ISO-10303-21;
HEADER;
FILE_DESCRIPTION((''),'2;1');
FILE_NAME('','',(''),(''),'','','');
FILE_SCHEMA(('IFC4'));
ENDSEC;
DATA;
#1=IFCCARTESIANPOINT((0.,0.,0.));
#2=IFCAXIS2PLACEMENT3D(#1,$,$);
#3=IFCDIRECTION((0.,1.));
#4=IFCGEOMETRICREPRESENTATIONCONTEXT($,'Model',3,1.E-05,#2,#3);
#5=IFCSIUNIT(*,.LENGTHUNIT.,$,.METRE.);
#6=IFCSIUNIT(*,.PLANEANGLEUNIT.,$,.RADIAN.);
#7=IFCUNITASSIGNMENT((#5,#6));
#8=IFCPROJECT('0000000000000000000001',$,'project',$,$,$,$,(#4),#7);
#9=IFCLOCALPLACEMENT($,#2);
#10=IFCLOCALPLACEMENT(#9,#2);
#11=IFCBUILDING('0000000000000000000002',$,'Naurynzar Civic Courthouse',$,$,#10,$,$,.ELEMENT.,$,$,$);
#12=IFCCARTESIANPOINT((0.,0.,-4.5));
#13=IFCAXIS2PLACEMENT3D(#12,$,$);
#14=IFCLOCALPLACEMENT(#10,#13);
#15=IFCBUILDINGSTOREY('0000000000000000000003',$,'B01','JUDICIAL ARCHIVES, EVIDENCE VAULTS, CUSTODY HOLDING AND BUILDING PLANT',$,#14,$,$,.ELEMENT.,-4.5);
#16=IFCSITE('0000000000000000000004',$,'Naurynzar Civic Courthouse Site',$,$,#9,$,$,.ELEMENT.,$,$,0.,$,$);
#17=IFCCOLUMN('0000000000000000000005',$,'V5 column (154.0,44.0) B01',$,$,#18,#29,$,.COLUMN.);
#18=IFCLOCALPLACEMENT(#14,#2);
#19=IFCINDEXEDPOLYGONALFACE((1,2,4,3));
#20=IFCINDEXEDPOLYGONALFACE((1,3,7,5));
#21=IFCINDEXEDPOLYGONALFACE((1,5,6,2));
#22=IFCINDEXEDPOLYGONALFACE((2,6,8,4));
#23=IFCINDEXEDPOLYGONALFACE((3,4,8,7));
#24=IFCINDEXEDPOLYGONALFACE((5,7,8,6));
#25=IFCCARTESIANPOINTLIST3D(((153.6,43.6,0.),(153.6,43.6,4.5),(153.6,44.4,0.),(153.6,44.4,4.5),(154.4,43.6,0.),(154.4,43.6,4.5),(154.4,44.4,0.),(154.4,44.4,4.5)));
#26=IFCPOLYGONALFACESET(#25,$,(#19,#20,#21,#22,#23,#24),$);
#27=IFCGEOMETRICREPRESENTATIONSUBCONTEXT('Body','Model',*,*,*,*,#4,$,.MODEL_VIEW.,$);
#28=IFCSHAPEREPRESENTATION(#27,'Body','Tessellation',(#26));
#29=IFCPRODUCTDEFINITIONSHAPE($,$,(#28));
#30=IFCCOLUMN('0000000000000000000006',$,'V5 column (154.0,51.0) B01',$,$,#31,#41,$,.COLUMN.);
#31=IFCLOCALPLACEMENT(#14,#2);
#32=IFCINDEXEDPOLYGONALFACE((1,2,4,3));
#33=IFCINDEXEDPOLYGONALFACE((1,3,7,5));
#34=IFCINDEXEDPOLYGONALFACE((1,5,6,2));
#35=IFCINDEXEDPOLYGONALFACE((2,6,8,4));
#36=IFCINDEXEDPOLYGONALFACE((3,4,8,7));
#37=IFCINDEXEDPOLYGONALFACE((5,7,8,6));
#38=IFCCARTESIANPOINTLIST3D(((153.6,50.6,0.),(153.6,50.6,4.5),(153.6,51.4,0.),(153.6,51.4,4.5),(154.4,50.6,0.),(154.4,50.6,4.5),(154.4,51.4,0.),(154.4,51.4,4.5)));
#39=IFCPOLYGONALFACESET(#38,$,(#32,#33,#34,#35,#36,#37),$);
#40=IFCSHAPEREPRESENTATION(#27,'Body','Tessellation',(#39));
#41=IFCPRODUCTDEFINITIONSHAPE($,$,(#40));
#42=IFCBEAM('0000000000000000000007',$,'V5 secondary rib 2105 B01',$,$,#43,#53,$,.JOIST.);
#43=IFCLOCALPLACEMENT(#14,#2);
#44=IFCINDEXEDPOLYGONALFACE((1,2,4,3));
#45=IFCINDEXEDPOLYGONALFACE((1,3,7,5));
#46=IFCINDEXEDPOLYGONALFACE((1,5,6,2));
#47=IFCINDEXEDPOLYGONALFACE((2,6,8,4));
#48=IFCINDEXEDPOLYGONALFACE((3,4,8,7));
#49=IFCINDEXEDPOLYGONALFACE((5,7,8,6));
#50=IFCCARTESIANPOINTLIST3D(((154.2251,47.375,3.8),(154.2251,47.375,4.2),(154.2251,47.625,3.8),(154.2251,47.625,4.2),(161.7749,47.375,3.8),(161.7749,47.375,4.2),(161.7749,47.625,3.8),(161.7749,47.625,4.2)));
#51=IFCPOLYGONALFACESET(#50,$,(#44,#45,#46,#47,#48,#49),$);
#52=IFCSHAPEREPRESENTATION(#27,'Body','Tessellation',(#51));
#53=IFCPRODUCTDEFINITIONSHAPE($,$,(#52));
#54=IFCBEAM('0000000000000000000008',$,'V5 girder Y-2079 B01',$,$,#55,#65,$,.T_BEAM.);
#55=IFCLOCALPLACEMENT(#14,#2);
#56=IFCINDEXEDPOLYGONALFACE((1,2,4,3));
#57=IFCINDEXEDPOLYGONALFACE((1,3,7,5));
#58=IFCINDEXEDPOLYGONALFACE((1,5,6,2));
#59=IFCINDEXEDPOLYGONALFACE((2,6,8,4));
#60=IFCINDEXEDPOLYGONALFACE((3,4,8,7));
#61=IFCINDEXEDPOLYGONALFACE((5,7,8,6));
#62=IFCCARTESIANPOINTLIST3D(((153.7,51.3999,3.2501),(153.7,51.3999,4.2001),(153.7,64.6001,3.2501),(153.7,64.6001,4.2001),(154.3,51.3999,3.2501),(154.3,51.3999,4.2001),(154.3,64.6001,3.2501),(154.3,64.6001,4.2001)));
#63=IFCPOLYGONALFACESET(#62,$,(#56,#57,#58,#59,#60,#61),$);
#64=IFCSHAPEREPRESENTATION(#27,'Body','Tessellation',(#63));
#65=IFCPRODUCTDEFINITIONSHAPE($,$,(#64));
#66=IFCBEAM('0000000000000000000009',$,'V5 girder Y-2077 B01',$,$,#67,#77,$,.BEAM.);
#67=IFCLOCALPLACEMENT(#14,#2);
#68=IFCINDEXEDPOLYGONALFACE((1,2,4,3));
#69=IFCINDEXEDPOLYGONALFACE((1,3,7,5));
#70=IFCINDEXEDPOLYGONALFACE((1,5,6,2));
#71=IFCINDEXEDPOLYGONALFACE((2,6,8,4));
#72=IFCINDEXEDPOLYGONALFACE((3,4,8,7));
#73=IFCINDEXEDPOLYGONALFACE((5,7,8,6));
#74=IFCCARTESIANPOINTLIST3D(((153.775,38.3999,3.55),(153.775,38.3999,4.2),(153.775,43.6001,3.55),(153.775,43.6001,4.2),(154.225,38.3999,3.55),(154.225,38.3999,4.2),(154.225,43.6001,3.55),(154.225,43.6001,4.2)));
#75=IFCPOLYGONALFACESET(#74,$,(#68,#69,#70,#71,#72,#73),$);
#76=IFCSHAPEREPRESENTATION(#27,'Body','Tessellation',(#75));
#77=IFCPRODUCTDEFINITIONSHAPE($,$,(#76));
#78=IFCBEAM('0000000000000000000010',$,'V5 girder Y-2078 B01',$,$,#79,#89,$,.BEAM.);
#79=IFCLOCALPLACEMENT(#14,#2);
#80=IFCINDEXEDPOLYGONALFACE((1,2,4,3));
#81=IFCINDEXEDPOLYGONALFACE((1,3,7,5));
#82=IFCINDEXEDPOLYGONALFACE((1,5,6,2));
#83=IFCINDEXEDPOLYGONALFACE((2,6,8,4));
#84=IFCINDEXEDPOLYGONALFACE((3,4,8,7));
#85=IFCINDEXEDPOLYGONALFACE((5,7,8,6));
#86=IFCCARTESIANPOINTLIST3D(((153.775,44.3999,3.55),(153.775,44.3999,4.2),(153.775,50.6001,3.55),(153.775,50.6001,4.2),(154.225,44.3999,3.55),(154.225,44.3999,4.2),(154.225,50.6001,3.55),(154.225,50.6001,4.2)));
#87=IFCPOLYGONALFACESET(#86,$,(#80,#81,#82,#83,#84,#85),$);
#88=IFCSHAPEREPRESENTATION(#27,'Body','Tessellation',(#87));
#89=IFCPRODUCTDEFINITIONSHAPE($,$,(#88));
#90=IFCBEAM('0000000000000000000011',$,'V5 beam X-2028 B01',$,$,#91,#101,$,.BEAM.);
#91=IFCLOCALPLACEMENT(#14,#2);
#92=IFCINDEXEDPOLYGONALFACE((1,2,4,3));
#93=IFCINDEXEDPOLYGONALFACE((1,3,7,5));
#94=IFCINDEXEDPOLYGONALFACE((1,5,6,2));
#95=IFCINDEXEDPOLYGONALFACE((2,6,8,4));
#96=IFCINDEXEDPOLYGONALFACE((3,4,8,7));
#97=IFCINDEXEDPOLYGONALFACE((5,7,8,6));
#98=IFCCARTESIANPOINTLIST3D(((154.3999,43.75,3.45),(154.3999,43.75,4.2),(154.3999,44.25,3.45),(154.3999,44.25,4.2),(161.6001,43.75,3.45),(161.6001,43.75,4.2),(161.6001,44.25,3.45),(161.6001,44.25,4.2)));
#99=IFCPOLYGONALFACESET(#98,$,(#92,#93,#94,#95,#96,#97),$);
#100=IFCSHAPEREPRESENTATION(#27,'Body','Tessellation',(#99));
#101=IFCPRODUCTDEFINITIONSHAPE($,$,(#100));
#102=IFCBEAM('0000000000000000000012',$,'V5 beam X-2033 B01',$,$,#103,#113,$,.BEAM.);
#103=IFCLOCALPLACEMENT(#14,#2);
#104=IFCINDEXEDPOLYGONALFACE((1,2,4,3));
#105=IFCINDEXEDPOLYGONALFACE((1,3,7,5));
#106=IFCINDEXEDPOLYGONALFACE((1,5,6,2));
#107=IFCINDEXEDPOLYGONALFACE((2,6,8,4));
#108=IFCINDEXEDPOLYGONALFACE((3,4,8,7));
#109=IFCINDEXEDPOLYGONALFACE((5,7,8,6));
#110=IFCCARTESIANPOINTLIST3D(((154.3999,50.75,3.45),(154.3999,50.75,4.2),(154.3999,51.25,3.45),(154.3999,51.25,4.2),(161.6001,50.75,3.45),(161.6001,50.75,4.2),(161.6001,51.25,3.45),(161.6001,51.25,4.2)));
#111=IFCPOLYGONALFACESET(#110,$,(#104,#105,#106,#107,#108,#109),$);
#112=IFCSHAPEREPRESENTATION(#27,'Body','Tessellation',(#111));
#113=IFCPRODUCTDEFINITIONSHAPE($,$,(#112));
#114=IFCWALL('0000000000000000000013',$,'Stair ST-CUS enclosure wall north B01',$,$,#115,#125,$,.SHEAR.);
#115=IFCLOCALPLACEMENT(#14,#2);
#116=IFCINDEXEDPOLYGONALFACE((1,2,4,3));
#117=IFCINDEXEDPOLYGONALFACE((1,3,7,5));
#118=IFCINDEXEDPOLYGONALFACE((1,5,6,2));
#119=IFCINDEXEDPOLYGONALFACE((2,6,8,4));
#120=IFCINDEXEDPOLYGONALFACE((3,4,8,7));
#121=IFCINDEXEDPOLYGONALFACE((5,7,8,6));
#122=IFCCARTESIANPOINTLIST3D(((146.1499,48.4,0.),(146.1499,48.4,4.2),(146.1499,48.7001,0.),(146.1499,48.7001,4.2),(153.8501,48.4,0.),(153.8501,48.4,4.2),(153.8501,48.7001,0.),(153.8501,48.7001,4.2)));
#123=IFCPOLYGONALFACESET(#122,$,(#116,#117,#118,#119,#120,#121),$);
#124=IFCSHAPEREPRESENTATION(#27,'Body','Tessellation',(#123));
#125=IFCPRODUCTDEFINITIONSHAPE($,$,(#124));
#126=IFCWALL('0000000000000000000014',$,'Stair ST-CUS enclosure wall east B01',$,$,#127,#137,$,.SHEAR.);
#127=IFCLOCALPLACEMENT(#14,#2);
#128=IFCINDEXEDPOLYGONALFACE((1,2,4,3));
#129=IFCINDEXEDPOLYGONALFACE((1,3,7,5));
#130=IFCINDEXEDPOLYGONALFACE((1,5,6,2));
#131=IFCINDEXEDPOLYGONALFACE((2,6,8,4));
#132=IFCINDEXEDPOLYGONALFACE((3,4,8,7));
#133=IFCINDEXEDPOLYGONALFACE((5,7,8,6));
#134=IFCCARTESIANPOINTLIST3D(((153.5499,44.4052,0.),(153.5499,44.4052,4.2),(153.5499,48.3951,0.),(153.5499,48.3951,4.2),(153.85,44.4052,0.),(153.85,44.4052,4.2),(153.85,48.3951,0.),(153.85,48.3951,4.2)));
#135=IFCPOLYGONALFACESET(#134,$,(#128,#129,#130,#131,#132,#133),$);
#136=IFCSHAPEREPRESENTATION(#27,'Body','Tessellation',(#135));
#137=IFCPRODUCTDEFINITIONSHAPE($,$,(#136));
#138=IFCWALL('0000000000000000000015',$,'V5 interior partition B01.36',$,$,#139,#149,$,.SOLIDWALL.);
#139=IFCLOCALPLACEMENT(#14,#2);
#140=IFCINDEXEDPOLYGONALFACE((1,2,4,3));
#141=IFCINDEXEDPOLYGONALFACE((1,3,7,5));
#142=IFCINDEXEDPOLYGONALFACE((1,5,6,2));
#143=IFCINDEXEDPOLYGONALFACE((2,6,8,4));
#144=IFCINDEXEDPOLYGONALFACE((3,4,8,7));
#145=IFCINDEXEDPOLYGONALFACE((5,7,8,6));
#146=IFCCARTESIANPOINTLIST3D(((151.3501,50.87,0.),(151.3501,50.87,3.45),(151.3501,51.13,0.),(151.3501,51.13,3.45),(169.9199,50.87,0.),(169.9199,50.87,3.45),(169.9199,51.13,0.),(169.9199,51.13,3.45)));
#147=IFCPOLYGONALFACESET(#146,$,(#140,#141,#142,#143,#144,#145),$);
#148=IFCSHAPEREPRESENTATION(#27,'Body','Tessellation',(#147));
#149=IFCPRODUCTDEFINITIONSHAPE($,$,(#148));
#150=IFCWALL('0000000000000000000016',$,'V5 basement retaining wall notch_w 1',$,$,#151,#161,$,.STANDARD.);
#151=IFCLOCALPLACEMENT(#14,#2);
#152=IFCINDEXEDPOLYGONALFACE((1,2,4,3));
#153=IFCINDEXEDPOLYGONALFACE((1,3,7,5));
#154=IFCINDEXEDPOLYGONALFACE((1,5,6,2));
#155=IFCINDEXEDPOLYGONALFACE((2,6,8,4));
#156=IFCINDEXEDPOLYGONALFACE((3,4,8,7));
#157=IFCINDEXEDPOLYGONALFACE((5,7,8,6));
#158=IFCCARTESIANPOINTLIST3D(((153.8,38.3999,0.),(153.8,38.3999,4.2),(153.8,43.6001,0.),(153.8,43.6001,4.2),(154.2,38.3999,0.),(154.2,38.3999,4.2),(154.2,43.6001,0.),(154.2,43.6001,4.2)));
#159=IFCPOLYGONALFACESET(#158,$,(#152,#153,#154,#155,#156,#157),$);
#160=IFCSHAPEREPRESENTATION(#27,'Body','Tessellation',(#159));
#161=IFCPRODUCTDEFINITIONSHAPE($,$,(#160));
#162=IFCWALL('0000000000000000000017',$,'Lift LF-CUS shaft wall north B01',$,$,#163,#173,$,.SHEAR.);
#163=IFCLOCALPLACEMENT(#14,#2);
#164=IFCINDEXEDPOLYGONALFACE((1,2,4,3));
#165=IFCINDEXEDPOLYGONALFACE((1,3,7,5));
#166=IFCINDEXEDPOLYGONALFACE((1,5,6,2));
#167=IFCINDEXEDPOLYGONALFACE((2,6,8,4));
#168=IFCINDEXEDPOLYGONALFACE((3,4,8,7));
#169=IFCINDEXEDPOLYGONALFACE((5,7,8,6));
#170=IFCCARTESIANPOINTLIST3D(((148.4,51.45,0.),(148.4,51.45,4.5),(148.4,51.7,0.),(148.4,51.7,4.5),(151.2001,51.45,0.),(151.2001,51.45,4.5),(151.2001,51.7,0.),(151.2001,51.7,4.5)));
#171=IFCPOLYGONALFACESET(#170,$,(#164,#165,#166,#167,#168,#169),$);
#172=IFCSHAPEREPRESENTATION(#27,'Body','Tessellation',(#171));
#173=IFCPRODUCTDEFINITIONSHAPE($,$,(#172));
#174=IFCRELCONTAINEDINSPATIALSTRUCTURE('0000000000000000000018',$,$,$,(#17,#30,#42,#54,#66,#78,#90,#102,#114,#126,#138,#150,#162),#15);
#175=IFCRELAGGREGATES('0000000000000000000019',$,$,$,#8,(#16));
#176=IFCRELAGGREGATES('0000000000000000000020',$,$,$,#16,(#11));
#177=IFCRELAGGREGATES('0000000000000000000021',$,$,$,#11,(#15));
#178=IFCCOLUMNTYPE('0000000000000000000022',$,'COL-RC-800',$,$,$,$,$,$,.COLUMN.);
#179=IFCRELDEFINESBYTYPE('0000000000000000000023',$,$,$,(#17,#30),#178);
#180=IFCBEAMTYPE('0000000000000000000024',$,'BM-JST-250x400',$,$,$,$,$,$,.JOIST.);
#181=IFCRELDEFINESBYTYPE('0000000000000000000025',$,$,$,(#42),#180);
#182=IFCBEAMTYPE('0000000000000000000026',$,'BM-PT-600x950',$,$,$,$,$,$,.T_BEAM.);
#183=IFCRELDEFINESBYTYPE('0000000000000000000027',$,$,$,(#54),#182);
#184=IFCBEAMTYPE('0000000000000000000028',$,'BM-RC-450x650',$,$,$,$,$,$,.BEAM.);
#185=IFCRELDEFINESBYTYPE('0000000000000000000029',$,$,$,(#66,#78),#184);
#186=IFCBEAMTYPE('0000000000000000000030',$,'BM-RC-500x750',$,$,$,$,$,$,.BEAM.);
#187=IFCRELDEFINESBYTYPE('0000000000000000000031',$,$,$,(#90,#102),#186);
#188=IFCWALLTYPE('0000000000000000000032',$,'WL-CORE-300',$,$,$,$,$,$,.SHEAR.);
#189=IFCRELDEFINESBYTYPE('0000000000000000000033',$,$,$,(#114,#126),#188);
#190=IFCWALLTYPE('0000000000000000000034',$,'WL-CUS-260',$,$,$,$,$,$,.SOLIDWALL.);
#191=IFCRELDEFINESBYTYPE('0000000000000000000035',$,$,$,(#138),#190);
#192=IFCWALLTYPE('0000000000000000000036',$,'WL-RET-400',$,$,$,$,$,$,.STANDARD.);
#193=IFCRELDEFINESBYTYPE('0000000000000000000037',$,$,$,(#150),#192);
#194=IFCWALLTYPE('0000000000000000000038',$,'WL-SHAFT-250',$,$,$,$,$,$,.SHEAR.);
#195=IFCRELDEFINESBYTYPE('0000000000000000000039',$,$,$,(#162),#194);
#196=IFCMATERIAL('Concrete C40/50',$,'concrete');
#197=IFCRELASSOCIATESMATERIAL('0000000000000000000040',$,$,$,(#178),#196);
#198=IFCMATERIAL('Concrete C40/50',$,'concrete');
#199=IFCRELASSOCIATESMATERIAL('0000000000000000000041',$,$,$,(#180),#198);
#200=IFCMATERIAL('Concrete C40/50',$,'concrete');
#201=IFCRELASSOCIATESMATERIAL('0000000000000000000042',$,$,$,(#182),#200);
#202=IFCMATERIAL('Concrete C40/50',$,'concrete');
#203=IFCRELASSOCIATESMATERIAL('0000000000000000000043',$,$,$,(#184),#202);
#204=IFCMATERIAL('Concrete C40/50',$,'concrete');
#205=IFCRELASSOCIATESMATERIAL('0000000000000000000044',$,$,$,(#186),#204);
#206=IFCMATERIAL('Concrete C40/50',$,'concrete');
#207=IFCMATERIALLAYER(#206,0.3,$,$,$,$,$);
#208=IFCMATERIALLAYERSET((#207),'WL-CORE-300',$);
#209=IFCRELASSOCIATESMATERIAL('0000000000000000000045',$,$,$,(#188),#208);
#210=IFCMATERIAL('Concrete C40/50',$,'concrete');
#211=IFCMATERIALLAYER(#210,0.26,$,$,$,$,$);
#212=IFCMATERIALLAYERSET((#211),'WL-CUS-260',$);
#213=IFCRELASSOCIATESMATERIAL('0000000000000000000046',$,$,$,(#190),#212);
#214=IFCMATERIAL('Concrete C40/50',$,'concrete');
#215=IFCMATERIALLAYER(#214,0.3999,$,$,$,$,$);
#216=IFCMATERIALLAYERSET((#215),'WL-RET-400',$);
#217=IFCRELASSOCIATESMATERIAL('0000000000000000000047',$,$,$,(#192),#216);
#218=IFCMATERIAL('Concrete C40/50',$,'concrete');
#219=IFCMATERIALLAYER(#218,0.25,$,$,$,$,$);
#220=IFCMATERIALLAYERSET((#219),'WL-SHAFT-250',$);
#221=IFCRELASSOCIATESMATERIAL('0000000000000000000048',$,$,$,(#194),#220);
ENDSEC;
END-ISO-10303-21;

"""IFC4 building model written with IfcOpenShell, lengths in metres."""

from ifc_helpers import new_model, si_unit, direction, frame, frame_2d, origin, origin_2d, place, context, subcontext, project, spatial, rectangle, extrude, material, layer, layer_set, material_profile, profile_set, type_object, element, save


model = new_model("IFC4")

# Units and contexts
model_context = context("Model", 3, precision=1e-05, world=origin(), true_north=direction((0.0, 1.0)))
body_context = subcontext(model_context, "Body", "Model", "MODEL_VIEW")
ifc_project = project(units=[si_unit("LENGTHUNIT", "METRE"), si_unit("PLANEANGLEUNIT", "RADIAN")], contexts=[model_context])

# Site, building, storey
site_placement = place(None, origin())
site = spatial("IfcSite", under=ifc_project, at=site_placement, Name="Naurynzar Civic Courthouse Site", CompositionType="ELEMENT", RefElevation=0.0)
building_placement = place(site_placement, origin())
building = spatial("IfcBuilding", under=site, at=building_placement, Name="Naurynzar Civic Courthouse", CompositionType="ELEMENT")
storey_placement = place(building_placement, frame((0.0, 0.0, -4.5)))
storey = spatial("IfcBuildingStorey", under=building, at=storey_placement, Name="B01", Description="JUDICIAL ARCHIVES, EVIDENCE VAULTS, CUSTODY HOLDING AND BUILDING PLANT", CompositionType="ELEMENT", Elevation=-4.5)

# Columns
ifc_material_1 = material(Name="Concrete C40/50", Category="concrete")
ifc_material_profile_1 = material_profile(ifc_material_1, rectangle(XDim=0.8, YDim=0.8, at=origin_2d()), Name="RC 800x800")
ifc_profile_set_1 = profile_set([ifc_material_profile_1], Name="Concrete C40/50")
column_type = type_object("IfcColumnType", Name="COL-RC-800", PredefinedType="COLUMN", material=ifc_profile_set_1)
for number, where, z_axis, x_axis, name in (
    (1, (154.0, 44.0, 0.0), (0.0, 0.0, 1.0), (1.0, 0.0, 0.0), "V5 column (154.0,44.0) B01"),
    (2, (154.0, 51.0, 0.0), (0.0, 0.0, 1.0), (1.0, 0.0, 0.0), "V5 column (154.0,51.0) B01"),
):
    element("IfcColumn", number, at=place(storey_placement, frame(where, z_axis=z_axis, x_axis=x_axis)), inside=storey, type_object=column_type, Name=name, PredefinedType="COLUMN", context=body_context, shape_type="SweptSolid", body=[
        extrude(rectangle(XDim=0.8, YDim=0.8, at=origin_2d()), origin(), (0.0, 0.0, 1.0), 4.5),
    ])

# Beams
ifc_material_2 = material(Name="Concrete C40/50", Category="concrete")
ifc_material_profile_2 = material_profile(ifc_material_2, rectangle(XDim=0.25, YDim=0.3999, at=origin_2d()), Name="RCB 250x400")
ifc_profile_set_2 = profile_set([ifc_material_profile_2], Name="Concrete C40/50")
beam_type_1 = type_object("IfcBeamType", Name="BM-JST-250x400", PredefinedType="JOIST", material=ifc_profile_set_2)
beam_1_placement = place(storey_placement, frame((154.2251, 47.5, 4.0), z_axis=(1.0, 0.0, 0.0), x_axis=(0.0, 1.0, 0.0)))
element("IfcBeam", 3, at=beam_1_placement, inside=storey, type_object=beam_type_1, Name="V5 secondary rib 2105 B01", PredefinedType="JOIST", context=body_context, shape_type="SweptSolid", body=[
    extrude(rectangle(XDim=0.25, YDim=0.3999, at=origin_2d()), origin(), (0.0, 0.0, 1.0), 7.5498),
])
ifc_material_3 = material(Name="Concrete C40/50", Category="concrete")
ifc_material_profile_3 = material_profile(ifc_material_3, rectangle(XDim=0.6001, YDim=0.95, at=origin_2d()), Name="PTB 600x950")
ifc_profile_set_3 = profile_set([ifc_material_profile_3], Name="Concrete C40/50")
beam_type_2 = type_object("IfcBeamType", Name="BM-PT-600x950", PredefinedType="T_BEAM", material=ifc_profile_set_3)
beam_2_placement = place(storey_placement, frame((154.0, 51.3999, 3.7251), z_axis=(0.0, 1.0, 0.0), x_axis=(-1.0, 0.0, 0.0)))
element("IfcBeam", 4, at=beam_2_placement, inside=storey, type_object=beam_type_2, Name="V5 girder Y-2079 B01", PredefinedType="T_BEAM", context=body_context, shape_type="SweptSolid", body=[
    extrude(rectangle(XDim=0.6001, YDim=0.95, at=origin_2d()), origin(), (0.0, 0.0, 1.0), 13.2002),
])
ifc_material_4 = material(Name="Concrete C40/50", Category="concrete")
ifc_material_profile_4 = material_profile(ifc_material_4, rectangle(XDim=0.45, YDim=0.6499, at=origin_2d()), Name="RCB 450x650")
ifc_profile_set_4 = profile_set([ifc_material_profile_4], Name="Concrete C40/50")
beam_type_3 = type_object("IfcBeamType", Name="BM-RC-450x650", PredefinedType="BEAM", material=ifc_profile_set_4)
beam_3_placement = place(storey_placement, frame((154.0, 38.3999, 3.875), z_axis=(0.0, 1.0, 0.0), x_axis=(-1.0, 0.0, 0.0)))
element("IfcBeam", 5, at=beam_3_placement, inside=storey, type_object=beam_type_3, Name="V5 girder Y-2077 B01", PredefinedType="BEAM", context=body_context, shape_type="SweptSolid", body=[
    extrude(rectangle(XDim=0.45, YDim=0.6499, at=origin_2d()), origin(), (0.0, 0.0, 1.0), 5.2002),
])
beam_4_placement = place(storey_placement, frame((154.0, 44.3999, 3.875), z_axis=(0.0, 1.0, 0.0), x_axis=(-1.0, 0.0, 0.0)))
element("IfcBeam", 6, at=beam_4_placement, inside=storey, type_object=beam_type_3, Name="V5 girder Y-2078 B01", PredefinedType="BEAM", context=body_context, shape_type="SweptSolid", body=[
    extrude(rectangle(XDim=0.45, YDim=0.6499, at=origin_2d()), origin(), (0.0, 0.0, 1.0), 6.2002),
])
ifc_material_5 = material(Name="Concrete C40/50", Category="concrete")
ifc_material_profile_5 = material_profile(ifc_material_5, rectangle(XDim=0.5, YDim=0.75, at=origin_2d()), Name="RCB 500x750")
ifc_profile_set_5 = profile_set([ifc_material_profile_5], Name="Concrete C40/50")
beam_type_4 = type_object("IfcBeamType", Name="BM-RC-500x750", PredefinedType="BEAM", material=ifc_profile_set_5)
for number, where, z_axis, x_axis, name in (
    (7, (154.3999, 44.0, 3.825), (1.0, 0.0, 0.0), (0.0, 1.0, 0.0), "V5 beam X-2028 B01"),
    (8, (154.3999, 51.0, 3.825), (1.0, 0.0, 0.0), (0.0, 1.0, 0.0), "V5 beam X-2033 B01"),
):
    element("IfcBeam", number, at=place(storey_placement, frame(where, z_axis=z_axis, x_axis=x_axis)), inside=storey, type_object=beam_type_4, Name=name, PredefinedType="BEAM", context=body_context, shape_type="SweptSolid", body=[
        extrude(rectangle(XDim=0.5, YDim=0.75, at=origin_2d()), origin(), (0.0, 0.0, 1.0), 7.2002),
    ])

# Walls
ifc_material_6 = material(Name="Concrete C40/50", Category="concrete")
ifc_layer_1 = layer(ifc_material_6, 0.3)
ifc_layer_set_1 = layer_set([ifc_layer_1], Name="WL-CORE-300")
wall_type_1 = type_object("IfcWallType", Name="WL-CORE-300", PredefinedType="SHEAR", material=ifc_layer_set_1)
wall_1_placement = place(storey_placement, frame((153.8501, 48.55, 0.0), z_axis=(0.0, 0.0, 1.0), x_axis=(-1.0, 0.0, 0.0)))
element("IfcWall", 9, at=wall_1_placement, inside=storey, type_object=wall_type_1, Name="Stair ST-CUS enclosure wall north B01", PredefinedType="SHEAR", context=body_context, shape_type="SweptSolid", body=[
    extrude(rectangle(XDim=7.7002, YDim=0.3, at=frame_2d((3.8501, 0.0))), origin(), (0.0, 0.0, 1.0), 4.2),
])
wall_2_placement = place(storey_placement, frame((153.7, 44.405, 0.0), z_axis=(0.0, 0.0, 1.0), x_axis=(0.0, 1.0, 0.0)))
element("IfcWall", 10, at=wall_2_placement, inside=storey, type_object=wall_type_1, Name="Stair ST-CUS enclosure wall east B01", PredefinedType="SHEAR", context=body_context, shape_type="SweptSolid", body=[
    extrude(rectangle(XDim=3.99, YDim=0.3, at=frame_2d((1.9951, 0.0))), origin(), (0.0, 0.0, 1.0), 4.2),
])
ifc_material_7 = material(Name="Concrete C40/50", Category="concrete")
ifc_layer_2 = layer(ifc_material_7, 0.26)
ifc_layer_set_2 = layer_set([ifc_layer_2], Name="WL-CUS-260")
wall_type_2 = type_object("IfcWallType", Name="WL-CUS-260", PredefinedType="SOLIDWALL", material=ifc_layer_set_2)
wall_3_placement = place(storey_placement, frame((151.3501, 51.0, 0.0), z_axis=(0.0, 0.0, 1.0), x_axis=(1.0, 0.0, 0.0)))
element("IfcWall", 11, at=wall_3_placement, inside=storey, type_object=wall_type_2, Name="V5 interior partition B01.36", PredefinedType="SOLIDWALL", context=body_context, shape_type="SweptSolid", body=[
    extrude(rectangle(XDim=18.5698, YDim=0.26, at=frame_2d((9.2849, 0.0))), origin(), (0.0, 0.0, 1.0), 3.45),
])
ifc_material_8 = material(Name="Concrete C40/50", Category="concrete")
ifc_layer_3 = layer(ifc_material_8, 0.3999)
ifc_layer_set_3 = layer_set([ifc_layer_3], Name="WL-RET-400")
wall_type_3 = type_object("IfcWallType", Name="WL-RET-400", PredefinedType="STANDARD", material=ifc_layer_set_3)
wall_4_placement = place(storey_placement, frame((154.0, 43.6001, 0.0), z_axis=(0.0, 0.0, 1.0), x_axis=(0.0, -1.0, 0.0)))
element("IfcWall", 12, at=wall_4_placement, inside=storey, type_object=wall_type_3, Name="V5 basement retaining wall notch_w 1", PredefinedType="STANDARD", context=body_context, shape_type="SweptSolid", body=[
    extrude(rectangle(XDim=5.2002, YDim=0.3999, at=frame_2d((2.6001, 0.0))), origin(), (0.0, 0.0, 1.0), 4.2),
])
ifc_material_9 = material(Name="Concrete C40/50", Category="concrete")
ifc_layer_4 = layer(ifc_material_9, 0.25)
ifc_layer_set_4 = layer_set([ifc_layer_4], Name="WL-SHAFT-250")
wall_type_4 = type_object("IfcWallType", Name="WL-SHAFT-250", PredefinedType="SHEAR", material=ifc_layer_set_4)
wall_5_placement = place(storey_placement, frame((151.2, 51.575, 0.0), z_axis=(0.0, 0.0, 1.0), x_axis=(-1.0, 0.0, 0.0)))
element("IfcWall", 13, at=wall_5_placement, inside=storey, type_object=wall_type_4, Name="Lift LF-CUS shaft wall north B01", PredefinedType="SHEAR", context=body_context, shape_type="SweptSolid", body=[
    extrude(rectangle(XDim=2.8, YDim=0.25, at=frame_2d((1.3999, 0.0))), origin(), (0.0, 0.0, 1.0), 4.5),
])

save(model, "model.ifc")
